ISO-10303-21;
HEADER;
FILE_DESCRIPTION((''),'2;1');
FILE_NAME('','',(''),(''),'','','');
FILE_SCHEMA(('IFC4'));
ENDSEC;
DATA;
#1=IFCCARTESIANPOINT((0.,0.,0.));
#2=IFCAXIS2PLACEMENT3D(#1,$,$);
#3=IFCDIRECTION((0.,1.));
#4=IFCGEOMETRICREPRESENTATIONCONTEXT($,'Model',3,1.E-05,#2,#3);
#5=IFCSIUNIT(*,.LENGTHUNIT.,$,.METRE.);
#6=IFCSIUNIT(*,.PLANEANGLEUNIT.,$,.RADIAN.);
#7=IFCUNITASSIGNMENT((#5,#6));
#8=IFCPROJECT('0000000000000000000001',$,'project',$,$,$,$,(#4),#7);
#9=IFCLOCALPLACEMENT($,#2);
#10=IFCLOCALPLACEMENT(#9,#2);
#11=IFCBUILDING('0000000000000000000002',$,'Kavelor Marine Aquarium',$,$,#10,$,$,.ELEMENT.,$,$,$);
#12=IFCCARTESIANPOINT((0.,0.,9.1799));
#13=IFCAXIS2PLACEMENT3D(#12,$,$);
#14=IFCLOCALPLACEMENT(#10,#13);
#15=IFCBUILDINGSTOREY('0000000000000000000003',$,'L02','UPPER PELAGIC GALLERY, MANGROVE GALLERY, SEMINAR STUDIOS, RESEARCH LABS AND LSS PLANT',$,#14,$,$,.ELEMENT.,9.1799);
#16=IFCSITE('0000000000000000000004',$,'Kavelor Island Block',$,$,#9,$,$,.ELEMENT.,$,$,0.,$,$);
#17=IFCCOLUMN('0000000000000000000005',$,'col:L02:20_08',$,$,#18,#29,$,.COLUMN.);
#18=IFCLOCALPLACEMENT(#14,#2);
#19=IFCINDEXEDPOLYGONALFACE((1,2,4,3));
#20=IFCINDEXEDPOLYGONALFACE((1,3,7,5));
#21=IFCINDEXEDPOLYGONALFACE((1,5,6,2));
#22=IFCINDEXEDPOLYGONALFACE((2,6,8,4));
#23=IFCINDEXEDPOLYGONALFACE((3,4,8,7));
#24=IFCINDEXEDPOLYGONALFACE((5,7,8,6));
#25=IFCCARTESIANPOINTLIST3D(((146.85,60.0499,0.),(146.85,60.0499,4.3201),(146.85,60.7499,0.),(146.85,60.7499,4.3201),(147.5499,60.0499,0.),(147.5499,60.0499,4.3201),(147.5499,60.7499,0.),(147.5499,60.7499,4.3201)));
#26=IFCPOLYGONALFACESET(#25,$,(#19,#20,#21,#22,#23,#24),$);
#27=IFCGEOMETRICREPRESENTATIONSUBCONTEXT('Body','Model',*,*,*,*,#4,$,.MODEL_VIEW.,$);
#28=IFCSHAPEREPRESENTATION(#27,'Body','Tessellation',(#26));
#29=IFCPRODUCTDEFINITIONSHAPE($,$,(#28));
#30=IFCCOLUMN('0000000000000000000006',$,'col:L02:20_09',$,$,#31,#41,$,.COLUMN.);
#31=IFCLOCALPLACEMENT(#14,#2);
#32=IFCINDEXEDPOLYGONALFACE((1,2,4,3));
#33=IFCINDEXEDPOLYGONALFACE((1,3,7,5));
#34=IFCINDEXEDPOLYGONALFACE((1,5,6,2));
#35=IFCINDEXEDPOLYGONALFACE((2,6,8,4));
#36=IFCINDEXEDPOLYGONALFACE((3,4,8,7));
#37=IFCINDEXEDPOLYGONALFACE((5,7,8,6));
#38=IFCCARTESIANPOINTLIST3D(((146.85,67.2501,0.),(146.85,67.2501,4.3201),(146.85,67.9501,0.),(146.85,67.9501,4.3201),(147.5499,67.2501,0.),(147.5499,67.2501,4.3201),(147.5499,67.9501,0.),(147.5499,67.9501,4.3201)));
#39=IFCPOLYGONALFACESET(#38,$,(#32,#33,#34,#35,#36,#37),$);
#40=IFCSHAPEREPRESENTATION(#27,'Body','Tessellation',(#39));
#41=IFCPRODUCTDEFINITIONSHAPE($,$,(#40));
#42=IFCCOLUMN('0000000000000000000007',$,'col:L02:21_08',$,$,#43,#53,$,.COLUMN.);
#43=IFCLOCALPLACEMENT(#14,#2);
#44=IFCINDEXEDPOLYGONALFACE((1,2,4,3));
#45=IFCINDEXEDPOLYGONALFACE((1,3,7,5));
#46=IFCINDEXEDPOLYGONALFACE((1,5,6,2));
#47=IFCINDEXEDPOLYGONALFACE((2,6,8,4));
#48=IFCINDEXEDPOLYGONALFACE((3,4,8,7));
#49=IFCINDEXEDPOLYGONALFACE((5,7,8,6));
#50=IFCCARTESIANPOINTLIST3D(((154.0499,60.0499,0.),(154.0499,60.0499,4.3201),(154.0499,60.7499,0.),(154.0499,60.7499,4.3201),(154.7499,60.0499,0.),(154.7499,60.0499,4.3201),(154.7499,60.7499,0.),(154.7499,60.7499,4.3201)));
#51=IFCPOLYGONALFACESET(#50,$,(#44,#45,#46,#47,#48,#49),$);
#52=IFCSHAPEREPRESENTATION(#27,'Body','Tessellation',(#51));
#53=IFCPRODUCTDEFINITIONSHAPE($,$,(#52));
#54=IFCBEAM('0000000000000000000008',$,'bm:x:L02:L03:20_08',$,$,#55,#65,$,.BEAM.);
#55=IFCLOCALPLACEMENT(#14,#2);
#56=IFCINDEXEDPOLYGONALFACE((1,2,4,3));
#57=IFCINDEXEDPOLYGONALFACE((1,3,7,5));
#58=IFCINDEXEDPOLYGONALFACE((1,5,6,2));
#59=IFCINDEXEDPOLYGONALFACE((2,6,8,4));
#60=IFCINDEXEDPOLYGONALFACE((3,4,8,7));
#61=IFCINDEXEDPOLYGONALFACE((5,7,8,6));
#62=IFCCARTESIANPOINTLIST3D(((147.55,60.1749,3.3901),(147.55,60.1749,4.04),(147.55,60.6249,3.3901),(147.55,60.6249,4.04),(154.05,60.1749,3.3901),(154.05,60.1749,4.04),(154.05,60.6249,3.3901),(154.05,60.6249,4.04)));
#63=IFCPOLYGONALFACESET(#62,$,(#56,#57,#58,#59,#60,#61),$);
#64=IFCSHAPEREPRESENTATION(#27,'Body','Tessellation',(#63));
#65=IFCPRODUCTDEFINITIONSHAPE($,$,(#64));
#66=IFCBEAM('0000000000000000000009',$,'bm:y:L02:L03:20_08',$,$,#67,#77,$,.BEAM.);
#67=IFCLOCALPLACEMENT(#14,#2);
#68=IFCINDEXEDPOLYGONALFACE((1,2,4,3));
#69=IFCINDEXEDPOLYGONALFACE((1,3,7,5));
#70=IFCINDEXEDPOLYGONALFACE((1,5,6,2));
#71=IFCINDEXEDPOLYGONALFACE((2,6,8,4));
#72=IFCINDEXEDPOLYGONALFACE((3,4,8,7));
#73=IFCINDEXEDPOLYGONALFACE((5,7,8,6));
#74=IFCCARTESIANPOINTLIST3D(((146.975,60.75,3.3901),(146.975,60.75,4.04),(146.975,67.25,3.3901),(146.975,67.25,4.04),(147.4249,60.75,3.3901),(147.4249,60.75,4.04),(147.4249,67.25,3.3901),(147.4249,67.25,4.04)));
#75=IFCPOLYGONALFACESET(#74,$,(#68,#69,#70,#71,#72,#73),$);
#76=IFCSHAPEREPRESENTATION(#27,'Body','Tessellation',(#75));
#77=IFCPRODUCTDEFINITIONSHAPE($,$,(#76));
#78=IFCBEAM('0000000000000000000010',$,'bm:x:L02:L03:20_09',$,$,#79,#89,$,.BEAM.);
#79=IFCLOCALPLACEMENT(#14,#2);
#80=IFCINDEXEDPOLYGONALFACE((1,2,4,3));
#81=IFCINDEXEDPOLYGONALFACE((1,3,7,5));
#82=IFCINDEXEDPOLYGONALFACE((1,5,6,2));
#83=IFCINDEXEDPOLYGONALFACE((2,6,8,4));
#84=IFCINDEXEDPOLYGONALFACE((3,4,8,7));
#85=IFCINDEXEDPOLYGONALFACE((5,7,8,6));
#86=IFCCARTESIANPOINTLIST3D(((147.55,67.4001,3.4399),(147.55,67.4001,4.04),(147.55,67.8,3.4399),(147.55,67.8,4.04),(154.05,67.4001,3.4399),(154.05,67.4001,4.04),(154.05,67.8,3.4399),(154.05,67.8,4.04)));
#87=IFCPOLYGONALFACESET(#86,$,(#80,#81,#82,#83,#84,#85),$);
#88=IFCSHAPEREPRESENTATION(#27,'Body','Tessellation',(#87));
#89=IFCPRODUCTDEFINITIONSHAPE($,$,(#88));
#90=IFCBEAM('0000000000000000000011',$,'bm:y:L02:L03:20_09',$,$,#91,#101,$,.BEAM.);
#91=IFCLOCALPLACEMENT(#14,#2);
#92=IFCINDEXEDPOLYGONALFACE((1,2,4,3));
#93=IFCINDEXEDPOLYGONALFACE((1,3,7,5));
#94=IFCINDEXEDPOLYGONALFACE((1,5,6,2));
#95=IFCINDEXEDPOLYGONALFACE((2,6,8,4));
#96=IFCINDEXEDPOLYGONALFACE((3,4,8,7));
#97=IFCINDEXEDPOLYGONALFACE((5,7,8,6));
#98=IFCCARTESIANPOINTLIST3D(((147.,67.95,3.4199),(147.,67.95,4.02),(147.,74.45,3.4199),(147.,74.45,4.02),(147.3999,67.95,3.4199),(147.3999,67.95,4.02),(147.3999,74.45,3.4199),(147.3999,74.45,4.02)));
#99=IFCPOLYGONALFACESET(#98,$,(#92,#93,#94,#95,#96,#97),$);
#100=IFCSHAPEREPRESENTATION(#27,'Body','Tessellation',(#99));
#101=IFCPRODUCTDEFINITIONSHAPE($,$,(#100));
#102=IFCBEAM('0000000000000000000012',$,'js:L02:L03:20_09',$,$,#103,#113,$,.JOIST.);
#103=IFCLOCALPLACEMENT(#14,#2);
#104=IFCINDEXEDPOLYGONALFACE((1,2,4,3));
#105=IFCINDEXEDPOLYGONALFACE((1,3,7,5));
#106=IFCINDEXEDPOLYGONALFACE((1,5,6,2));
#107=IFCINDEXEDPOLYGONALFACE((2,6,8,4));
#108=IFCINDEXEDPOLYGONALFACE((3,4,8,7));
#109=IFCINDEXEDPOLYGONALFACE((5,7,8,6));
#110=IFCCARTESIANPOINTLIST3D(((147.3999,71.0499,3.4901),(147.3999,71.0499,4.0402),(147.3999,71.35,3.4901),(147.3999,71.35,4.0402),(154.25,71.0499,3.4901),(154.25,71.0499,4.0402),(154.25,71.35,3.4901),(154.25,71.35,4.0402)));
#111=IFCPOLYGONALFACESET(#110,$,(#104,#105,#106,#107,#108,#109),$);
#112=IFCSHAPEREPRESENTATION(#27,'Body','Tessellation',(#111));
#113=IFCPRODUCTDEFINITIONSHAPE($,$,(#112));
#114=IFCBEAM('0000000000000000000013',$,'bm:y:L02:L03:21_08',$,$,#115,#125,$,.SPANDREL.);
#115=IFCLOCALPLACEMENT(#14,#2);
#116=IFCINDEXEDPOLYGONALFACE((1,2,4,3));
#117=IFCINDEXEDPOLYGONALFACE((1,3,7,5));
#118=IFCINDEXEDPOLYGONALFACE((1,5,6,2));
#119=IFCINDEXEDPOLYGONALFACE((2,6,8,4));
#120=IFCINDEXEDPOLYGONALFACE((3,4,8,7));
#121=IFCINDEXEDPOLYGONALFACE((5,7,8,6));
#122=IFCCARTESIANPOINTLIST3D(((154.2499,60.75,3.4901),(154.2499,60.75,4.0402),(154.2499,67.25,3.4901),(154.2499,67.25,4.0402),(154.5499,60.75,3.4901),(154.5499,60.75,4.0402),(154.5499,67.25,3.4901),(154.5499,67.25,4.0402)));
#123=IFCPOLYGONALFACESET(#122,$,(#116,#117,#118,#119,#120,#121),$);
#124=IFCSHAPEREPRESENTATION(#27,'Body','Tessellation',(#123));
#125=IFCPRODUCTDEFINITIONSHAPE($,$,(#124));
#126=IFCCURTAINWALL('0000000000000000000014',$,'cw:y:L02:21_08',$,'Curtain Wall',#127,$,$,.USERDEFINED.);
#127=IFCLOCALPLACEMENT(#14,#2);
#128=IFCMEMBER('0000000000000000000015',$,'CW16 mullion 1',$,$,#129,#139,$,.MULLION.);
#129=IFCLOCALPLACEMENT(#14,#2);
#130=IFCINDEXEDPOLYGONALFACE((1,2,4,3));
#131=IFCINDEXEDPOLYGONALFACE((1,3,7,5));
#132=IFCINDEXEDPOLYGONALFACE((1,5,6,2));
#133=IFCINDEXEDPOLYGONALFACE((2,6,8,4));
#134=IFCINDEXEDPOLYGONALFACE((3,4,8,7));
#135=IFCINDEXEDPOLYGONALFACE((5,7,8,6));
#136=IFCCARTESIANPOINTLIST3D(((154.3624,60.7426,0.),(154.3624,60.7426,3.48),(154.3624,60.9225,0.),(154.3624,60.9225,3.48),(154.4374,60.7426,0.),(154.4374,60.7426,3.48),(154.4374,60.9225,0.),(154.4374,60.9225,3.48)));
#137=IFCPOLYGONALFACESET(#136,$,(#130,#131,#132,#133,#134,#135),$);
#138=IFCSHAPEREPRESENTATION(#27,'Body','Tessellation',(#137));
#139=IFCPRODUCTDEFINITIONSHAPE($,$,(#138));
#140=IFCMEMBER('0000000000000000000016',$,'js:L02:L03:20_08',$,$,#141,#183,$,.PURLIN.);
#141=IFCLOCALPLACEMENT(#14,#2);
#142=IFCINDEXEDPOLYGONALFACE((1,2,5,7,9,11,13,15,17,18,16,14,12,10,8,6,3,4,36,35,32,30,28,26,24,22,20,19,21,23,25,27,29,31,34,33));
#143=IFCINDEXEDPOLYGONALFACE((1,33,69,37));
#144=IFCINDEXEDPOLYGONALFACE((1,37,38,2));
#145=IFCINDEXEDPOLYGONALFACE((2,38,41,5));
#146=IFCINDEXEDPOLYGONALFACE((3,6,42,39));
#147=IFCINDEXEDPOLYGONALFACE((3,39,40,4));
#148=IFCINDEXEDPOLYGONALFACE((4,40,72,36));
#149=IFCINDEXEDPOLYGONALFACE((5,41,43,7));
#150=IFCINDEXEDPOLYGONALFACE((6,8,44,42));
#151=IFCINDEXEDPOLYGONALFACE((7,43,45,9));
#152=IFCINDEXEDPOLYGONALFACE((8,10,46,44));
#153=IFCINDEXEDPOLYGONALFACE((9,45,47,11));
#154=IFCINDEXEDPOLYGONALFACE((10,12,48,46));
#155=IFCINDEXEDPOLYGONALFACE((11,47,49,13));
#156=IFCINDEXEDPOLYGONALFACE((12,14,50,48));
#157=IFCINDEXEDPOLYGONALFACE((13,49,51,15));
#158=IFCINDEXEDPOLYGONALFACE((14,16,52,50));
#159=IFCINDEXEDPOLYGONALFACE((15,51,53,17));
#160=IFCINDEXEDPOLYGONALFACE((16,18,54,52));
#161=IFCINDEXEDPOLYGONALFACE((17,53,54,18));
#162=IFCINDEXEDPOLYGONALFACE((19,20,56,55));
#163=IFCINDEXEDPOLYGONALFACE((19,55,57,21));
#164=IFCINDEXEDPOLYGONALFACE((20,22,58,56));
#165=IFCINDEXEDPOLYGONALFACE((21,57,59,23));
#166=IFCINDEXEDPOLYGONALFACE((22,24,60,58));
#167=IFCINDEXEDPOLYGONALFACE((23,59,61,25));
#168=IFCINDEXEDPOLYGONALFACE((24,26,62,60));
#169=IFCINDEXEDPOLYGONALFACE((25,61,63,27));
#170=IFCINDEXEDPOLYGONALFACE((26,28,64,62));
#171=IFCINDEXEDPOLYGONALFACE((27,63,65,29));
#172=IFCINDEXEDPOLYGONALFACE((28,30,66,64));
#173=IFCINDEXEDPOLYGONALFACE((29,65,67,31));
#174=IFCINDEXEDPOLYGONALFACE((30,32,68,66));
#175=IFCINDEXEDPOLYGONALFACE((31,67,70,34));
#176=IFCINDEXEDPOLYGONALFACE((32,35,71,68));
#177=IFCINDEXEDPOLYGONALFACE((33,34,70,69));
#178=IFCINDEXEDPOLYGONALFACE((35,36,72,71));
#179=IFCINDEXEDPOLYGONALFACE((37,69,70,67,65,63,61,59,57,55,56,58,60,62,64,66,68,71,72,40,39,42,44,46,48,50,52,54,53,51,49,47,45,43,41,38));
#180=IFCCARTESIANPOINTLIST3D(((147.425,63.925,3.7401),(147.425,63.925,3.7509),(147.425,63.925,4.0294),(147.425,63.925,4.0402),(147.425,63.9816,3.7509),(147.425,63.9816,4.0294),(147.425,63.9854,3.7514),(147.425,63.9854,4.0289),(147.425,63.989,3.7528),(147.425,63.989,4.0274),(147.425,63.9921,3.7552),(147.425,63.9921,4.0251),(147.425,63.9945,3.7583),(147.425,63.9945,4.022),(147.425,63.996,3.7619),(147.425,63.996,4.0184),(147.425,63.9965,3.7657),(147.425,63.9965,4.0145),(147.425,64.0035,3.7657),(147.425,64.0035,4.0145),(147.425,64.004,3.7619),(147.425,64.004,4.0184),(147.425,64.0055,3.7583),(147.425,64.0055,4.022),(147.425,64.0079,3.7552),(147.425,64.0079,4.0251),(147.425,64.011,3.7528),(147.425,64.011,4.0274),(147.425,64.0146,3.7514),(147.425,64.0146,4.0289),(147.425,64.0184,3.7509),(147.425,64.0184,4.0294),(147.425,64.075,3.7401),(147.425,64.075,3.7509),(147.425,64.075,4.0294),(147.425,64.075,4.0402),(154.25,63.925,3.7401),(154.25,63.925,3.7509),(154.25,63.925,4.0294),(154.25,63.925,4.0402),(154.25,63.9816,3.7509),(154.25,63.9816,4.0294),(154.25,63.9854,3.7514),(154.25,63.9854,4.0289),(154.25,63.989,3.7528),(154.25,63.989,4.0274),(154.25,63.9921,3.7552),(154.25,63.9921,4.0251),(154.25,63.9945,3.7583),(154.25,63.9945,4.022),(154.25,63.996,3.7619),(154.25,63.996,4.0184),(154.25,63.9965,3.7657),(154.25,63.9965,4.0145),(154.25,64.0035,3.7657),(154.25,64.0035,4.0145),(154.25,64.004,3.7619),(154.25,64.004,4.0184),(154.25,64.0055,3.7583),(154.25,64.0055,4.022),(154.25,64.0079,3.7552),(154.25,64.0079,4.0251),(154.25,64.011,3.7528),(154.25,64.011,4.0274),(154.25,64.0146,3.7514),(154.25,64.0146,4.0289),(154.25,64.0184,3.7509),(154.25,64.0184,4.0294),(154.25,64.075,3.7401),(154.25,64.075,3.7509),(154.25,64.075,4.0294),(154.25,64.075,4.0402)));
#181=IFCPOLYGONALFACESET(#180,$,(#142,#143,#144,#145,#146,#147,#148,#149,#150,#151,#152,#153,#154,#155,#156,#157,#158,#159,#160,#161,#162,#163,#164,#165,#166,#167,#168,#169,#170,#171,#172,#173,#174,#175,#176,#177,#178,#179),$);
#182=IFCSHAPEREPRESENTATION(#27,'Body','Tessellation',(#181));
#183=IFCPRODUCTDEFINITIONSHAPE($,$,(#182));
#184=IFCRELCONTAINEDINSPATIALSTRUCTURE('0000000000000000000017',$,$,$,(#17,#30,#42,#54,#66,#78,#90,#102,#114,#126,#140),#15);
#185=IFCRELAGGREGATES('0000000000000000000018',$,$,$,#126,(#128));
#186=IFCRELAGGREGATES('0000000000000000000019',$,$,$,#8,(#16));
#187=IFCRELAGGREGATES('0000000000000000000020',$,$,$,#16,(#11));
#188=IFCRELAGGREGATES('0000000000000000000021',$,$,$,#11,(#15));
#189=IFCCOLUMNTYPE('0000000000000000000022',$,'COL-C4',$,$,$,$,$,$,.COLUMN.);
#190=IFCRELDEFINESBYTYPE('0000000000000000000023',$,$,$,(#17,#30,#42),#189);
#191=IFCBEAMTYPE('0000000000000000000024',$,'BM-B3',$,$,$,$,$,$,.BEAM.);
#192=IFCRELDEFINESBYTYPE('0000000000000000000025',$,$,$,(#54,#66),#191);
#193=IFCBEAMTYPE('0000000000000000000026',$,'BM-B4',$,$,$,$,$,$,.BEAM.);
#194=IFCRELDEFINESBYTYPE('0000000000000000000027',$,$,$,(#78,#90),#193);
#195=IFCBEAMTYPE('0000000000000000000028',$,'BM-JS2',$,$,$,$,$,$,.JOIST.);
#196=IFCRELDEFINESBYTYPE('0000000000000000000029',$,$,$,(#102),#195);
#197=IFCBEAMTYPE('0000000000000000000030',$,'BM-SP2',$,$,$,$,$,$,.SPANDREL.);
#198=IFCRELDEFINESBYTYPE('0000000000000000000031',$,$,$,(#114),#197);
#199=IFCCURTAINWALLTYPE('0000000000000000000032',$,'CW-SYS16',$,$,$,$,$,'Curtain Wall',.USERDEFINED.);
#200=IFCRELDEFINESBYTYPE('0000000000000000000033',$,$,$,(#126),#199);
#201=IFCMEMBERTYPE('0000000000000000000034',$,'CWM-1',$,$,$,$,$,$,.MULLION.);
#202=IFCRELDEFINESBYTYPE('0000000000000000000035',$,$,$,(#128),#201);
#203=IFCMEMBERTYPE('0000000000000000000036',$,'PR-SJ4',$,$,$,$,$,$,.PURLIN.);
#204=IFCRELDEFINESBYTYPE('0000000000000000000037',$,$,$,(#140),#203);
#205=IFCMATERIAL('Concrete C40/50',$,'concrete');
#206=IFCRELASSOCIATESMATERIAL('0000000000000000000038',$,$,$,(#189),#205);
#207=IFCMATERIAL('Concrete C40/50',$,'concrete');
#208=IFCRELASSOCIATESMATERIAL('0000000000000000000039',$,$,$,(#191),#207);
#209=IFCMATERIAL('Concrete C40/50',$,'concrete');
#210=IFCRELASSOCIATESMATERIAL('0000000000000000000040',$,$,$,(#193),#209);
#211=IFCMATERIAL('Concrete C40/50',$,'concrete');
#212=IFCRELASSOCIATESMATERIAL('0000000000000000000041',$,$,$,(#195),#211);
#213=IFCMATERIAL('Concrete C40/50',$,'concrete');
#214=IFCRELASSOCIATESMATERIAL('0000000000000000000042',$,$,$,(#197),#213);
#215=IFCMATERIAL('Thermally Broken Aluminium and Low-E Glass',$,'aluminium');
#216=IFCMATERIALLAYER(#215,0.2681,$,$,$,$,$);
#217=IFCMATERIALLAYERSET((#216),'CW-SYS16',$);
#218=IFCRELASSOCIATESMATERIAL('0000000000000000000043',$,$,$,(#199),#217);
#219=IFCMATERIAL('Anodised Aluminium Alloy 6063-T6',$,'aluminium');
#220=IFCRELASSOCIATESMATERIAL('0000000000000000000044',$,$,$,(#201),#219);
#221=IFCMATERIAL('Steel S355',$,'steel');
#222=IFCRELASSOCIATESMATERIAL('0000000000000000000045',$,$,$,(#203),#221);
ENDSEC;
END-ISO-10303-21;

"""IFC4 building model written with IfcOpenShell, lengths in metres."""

from ifc_helpers import new_model, si_unit, direction, frame, origin, origin_2d, place, context, subcontext, project, spatial, rectangle, i_section, extrude, material, layer, layer_set, material_profile, profile_set, type_object, element, aggregate, save


model = new_model("IFC4")

# Units and contexts
model_context = context("Model", 3, precision=1e-05, world=origin(), true_north=direction((0.0, 1.0)))
body_context = subcontext(model_context, "Body", "Model", "MODEL_VIEW")
ifc_project = project(units=[si_unit("LENGTHUNIT", "METRE"), si_unit("PLANEANGLEUNIT", "RADIAN")], contexts=[model_context])

# Site, building, storey
site_placement = place(None, origin())
site = spatial("IfcSite", under=ifc_project, at=site_placement, Name="Kavelor Island Block", CompositionType="ELEMENT", RefElevation=0.0)
building_placement = place(site_placement, origin())
building = spatial("IfcBuilding", under=site, at=building_placement, Name="Kavelor Marine Aquarium", CompositionType="ELEMENT")
storey_placement = place(building_placement, frame((0.0, 0.0, 9.1799)))
storey = spatial("IfcBuildingStorey", under=building, at=storey_placement, Name="L02", Description="UPPER PELAGIC GALLERY, MANGROVE GALLERY, SEMINAR STUDIOS, RESEARCH LABS AND LSS PLANT", CompositionType="ELEMENT", Elevation=9.1799)

# Columns
ifc_material_1 = material(Name="Concrete C40/50", Category="concrete")
ifc_material_profile_1 = material_profile(ifc_material_1, rectangle(XDim=0.7, YDim=0.7, at=origin_2d()), Name="RC-COL 700x700")
ifc_profile_set_1 = profile_set([ifc_material_profile_1], Name="Concrete C40/50")
column_type = type_object("IfcColumnType", Name="COL-C4", PredefinedType="COLUMN", material=ifc_profile_set_1)
for number, where, z_axis, x_axis, name in (
    (1, (147.2, 60.3999, 0.0), (0.0, 0.0, 1.0), (1.0, 0.0, 0.0), "col:L02:20_08"),
    (2, (147.2, 67.6001, 0.0), (0.0, 0.0, 1.0), (1.0, 0.0, 0.0), "col:L02:20_09"),
    (3, (154.3999, 60.3999, 0.0), (0.0, 0.0, 1.0), (1.0, 0.0, 0.0), "col:L02:21_08"),
):
    element("IfcColumn", number, at=place(storey_placement, frame(where, z_axis=z_axis, x_axis=x_axis)), inside=storey, type_object=column_type, Name=name, PredefinedType="COLUMN", context=body_context, shape_type="SweptSolid", body=[
        extrude(rectangle(XDim=0.7, YDim=0.7, at=origin_2d()), origin(), (0.0, 0.0, 1.0), 4.3201),
    ])

# Beams
ifc_material_2 = material(Name="Concrete C40/50", Category="concrete")
ifc_material_profile_2 = material_profile(ifc_material_2, rectangle(XDim=0.45, YDim=0.6499, at=origin_2d()), Name="RC-BM 450x650")
ifc_profile_set_2 = profile_set([ifc_material_profile_2], Name="Concrete C40/50")
beam_type_1 = type_object("IfcBeamType", Name="BM-B3", PredefinedType="BEAM", material=ifc_profile_set_2)
for number, where, z_axis, x_axis, name in (
    (4, (147.55, 60.3999, 3.7151), (1.0, 0.0, 0.0), (0.0, 1.0, 0.0), "bm:x:L02:L03:20_08"),
    (5, (147.2, 60.75, 3.7151), (0.0, 1.0, 0.0), (-1.0, 0.0, 0.0), "bm:y:L02:L03:20_08"),
):
    element("IfcBeam", number, at=place(storey_placement, frame(where, z_axis=z_axis, x_axis=x_axis)), inside=storey, type_object=beam_type_1, Name=name, PredefinedType="BEAM", context=body_context, shape_type="SweptSolid", body=[
        extrude(rectangle(XDim=0.45, YDim=0.6499, at=origin_2d()), origin(), (0.0, 0.0, 1.0), 6.5),
    ])
ifc_material_3 = material(Name="Concrete C40/50", Category="concrete")
ifc_material_profile_3 = material_profile(ifc_material_3, rectangle(XDim=0.3999, YDim=0.6001, at=origin_2d()), Name="RC-BM 400x600")
ifc_profile_set_3 = profile_set([ifc_material_profile_3], Name="Concrete C40/50")
beam_type_2 = type_object("IfcBeamType", Name="BM-B4", PredefinedType="BEAM", material=ifc_profile_set_3)
for number, where, z_axis, x_axis, name in (
    (6, (147.55, 67.6001, 3.74), (1.0, 0.0, 0.0), (0.0, 1.0, 0.0), "bm:x:L02:L03:20_09"),
    (7, (147.2, 67.95, 3.72), (0.0, 1.0, 0.0), (-1.0, 0.0, 0.0), "bm:y:L02:L03:20_09"),
):
    element("IfcBeam", number, at=place(storey_placement, frame(where, z_axis=z_axis, x_axis=x_axis)), inside=storey, type_object=beam_type_2, Name=name, PredefinedType="BEAM", context=body_context, shape_type="SweptSolid", body=[
        extrude(rectangle(XDim=0.3999, YDim=0.6001, at=origin_2d()), origin(), (0.0, 0.0, 1.0), 6.5),
    ])
ifc_material_4 = material(Name="Concrete C40/50", Category="concrete")
ifc_material_profile_4 = material_profile(ifc_material_4, rectangle(XDim=0.3, YDim=0.55, at=origin_2d()), Name="RC-JS 300x550")
ifc_profile_set_4 = profile_set([ifc_material_profile_4], Name="Concrete C40/50")
beam_type_3 = type_object("IfcBeamType", Name="BM-JS2", PredefinedType="JOIST", material=ifc_profile_set_4)
beam_1_placement = place(storey_placement, frame((147.3999, 71.2, 3.7651), z_axis=(1.0, 0.0, 0.0), x_axis=(0.0, 1.0, 0.0)))
element("IfcBeam", 8, at=beam_1_placement, inside=storey, type_object=beam_type_3, Name="js:L02:L03:20_09", PredefinedType="JOIST", context=body_context, shape_type="SweptSolid", body=[
    extrude(rectangle(XDim=0.3, YDim=0.55, at=origin_2d()), origin(), (0.0, 0.0, 1.0), 6.8501),
])
ifc_material_5 = material(Name="Concrete C40/50", Category="concrete")
ifc_material_profile_5 = material_profile(ifc_material_5, rectangle(XDim=0.3, YDim=0.55, at=origin_2d()), Name="RC-SP 300x550")
ifc_profile_set_5 = profile_set([ifc_material_profile_5], Name="Concrete C40/50")
beam_type_4 = type_object("IfcBeamType", Name="BM-SP2", PredefinedType="SPANDREL", material=ifc_profile_set_5)
beam_2_placement = place(storey_placement, frame((154.3999, 60.75, 3.7651), z_axis=(0.0, 1.0, 0.0), x_axis=(-1.0, 0.0, 0.0)))
element("IfcBeam", 9, at=beam_2_placement, inside=storey, type_object=beam_type_4, Name="bm:y:L02:L03:21_08", PredefinedType="SPANDREL", context=body_context, shape_type="SweptSolid", body=[
    extrude(rectangle(XDim=0.3, YDim=0.55, at=origin_2d()), origin(), (0.0, 0.0, 1.0), 6.5),
])

# Curtain wall, member
ifc_material_6 = material(Name="Thermally Broken Aluminium and Low-E Glass", Category="aluminium")
ifc_layer_1 = layer(ifc_material_6, 0.2681)
ifc_layer_set_1 = layer_set([ifc_layer_1], Name="CW-SYS16")
curtain_wall_type = type_object("IfcCurtainWallType", Name="CW-SYS16", ElementType="Curtain Wall", PredefinedType="USERDEFINED", material=ifc_layer_set_1)
curtain_wall_placement = place(storey_placement, origin())
curtain_wall = element("IfcCurtainWall", 10, at=curtain_wall_placement, inside=storey, type_object=curtain_wall_type, Name="cw:y:L02:21_08", ObjectType="Curtain Wall", PredefinedType="USERDEFINED")
ifc_material_7 = material(Name="Anodised Aluminium Alloy 6063-T6", Category="aluminium")
ifc_material_profile_6 = material_profile(ifc_material_7, rectangle(XDim=0.075, YDim=0.1799, at=origin_2d()), Name="CW-MUL 75x180")
ifc_profile_set_6 = profile_set([ifc_material_profile_6], Name="Anodised Aluminium Alloy 6063-T6")
member_type_1 = type_object("IfcMemberType", Name="CWM-1", PredefinedType="MULLION", material=ifc_profile_set_6)
member_1_placement = place(storey_placement, frame((154.3999, 60.8325, 0.0), z_axis=(0.0, 0.0, 1.0), x_axis=(-1.0, 0.0, 0.0)))
member_1 = element("IfcMember", 11, at=member_1_placement, type_object=member_type_1, Name="CW16 mullion 1", PredefinedType="MULLION", context=body_context, shape_type="SweptSolid", body=[
    extrude(rectangle(XDim=0.075, YDim=0.1799, at=origin_2d()), origin(), (0.0, 0.0, 1.0), 3.48),
])
aggregate(curtain_wall, [member_1])

# Member
ifc_material_8 = material(Name="Steel S355", Category="steel")
ifc_material_profile_7 = material_profile(ifc_material_8, i_section(OverallWidth=0.1499, OverallDepth=0.3, WebThickness=0.0071, FlangeThickness=0.0107, FilletRadius=0.0149, at=origin_2d()), Name="IPE 300")
ifc_profile_set_7 = profile_set([ifc_material_profile_7], Name="Steel S355")
member_type_2 = type_object("IfcMemberType", Name="PR-SJ4", PredefinedType="PURLIN", material=ifc_profile_set_7)
member_2_placement = place(storey_placement, frame((147.425, 64.0, 3.8901), z_axis=(1.0, 0.0, 0.0), x_axis=(0.0, 1.0, 0.0)))
element("IfcMember", 12, at=member_2_placement, inside=storey, type_object=member_type_2, Name="js:L02:L03:20_08", PredefinedType="PURLIN", context=body_context, shape_type="SweptSolid", body=[
    extrude(i_section(OverallWidth=0.1499, OverallDepth=0.3, WebThickness=0.0071, FlangeThickness=0.0107, FilletRadius=0.0149, at=origin_2d()), origin(), (0.0, 0.0, 1.0), 6.825),
])

save(model, "model.ifc")
